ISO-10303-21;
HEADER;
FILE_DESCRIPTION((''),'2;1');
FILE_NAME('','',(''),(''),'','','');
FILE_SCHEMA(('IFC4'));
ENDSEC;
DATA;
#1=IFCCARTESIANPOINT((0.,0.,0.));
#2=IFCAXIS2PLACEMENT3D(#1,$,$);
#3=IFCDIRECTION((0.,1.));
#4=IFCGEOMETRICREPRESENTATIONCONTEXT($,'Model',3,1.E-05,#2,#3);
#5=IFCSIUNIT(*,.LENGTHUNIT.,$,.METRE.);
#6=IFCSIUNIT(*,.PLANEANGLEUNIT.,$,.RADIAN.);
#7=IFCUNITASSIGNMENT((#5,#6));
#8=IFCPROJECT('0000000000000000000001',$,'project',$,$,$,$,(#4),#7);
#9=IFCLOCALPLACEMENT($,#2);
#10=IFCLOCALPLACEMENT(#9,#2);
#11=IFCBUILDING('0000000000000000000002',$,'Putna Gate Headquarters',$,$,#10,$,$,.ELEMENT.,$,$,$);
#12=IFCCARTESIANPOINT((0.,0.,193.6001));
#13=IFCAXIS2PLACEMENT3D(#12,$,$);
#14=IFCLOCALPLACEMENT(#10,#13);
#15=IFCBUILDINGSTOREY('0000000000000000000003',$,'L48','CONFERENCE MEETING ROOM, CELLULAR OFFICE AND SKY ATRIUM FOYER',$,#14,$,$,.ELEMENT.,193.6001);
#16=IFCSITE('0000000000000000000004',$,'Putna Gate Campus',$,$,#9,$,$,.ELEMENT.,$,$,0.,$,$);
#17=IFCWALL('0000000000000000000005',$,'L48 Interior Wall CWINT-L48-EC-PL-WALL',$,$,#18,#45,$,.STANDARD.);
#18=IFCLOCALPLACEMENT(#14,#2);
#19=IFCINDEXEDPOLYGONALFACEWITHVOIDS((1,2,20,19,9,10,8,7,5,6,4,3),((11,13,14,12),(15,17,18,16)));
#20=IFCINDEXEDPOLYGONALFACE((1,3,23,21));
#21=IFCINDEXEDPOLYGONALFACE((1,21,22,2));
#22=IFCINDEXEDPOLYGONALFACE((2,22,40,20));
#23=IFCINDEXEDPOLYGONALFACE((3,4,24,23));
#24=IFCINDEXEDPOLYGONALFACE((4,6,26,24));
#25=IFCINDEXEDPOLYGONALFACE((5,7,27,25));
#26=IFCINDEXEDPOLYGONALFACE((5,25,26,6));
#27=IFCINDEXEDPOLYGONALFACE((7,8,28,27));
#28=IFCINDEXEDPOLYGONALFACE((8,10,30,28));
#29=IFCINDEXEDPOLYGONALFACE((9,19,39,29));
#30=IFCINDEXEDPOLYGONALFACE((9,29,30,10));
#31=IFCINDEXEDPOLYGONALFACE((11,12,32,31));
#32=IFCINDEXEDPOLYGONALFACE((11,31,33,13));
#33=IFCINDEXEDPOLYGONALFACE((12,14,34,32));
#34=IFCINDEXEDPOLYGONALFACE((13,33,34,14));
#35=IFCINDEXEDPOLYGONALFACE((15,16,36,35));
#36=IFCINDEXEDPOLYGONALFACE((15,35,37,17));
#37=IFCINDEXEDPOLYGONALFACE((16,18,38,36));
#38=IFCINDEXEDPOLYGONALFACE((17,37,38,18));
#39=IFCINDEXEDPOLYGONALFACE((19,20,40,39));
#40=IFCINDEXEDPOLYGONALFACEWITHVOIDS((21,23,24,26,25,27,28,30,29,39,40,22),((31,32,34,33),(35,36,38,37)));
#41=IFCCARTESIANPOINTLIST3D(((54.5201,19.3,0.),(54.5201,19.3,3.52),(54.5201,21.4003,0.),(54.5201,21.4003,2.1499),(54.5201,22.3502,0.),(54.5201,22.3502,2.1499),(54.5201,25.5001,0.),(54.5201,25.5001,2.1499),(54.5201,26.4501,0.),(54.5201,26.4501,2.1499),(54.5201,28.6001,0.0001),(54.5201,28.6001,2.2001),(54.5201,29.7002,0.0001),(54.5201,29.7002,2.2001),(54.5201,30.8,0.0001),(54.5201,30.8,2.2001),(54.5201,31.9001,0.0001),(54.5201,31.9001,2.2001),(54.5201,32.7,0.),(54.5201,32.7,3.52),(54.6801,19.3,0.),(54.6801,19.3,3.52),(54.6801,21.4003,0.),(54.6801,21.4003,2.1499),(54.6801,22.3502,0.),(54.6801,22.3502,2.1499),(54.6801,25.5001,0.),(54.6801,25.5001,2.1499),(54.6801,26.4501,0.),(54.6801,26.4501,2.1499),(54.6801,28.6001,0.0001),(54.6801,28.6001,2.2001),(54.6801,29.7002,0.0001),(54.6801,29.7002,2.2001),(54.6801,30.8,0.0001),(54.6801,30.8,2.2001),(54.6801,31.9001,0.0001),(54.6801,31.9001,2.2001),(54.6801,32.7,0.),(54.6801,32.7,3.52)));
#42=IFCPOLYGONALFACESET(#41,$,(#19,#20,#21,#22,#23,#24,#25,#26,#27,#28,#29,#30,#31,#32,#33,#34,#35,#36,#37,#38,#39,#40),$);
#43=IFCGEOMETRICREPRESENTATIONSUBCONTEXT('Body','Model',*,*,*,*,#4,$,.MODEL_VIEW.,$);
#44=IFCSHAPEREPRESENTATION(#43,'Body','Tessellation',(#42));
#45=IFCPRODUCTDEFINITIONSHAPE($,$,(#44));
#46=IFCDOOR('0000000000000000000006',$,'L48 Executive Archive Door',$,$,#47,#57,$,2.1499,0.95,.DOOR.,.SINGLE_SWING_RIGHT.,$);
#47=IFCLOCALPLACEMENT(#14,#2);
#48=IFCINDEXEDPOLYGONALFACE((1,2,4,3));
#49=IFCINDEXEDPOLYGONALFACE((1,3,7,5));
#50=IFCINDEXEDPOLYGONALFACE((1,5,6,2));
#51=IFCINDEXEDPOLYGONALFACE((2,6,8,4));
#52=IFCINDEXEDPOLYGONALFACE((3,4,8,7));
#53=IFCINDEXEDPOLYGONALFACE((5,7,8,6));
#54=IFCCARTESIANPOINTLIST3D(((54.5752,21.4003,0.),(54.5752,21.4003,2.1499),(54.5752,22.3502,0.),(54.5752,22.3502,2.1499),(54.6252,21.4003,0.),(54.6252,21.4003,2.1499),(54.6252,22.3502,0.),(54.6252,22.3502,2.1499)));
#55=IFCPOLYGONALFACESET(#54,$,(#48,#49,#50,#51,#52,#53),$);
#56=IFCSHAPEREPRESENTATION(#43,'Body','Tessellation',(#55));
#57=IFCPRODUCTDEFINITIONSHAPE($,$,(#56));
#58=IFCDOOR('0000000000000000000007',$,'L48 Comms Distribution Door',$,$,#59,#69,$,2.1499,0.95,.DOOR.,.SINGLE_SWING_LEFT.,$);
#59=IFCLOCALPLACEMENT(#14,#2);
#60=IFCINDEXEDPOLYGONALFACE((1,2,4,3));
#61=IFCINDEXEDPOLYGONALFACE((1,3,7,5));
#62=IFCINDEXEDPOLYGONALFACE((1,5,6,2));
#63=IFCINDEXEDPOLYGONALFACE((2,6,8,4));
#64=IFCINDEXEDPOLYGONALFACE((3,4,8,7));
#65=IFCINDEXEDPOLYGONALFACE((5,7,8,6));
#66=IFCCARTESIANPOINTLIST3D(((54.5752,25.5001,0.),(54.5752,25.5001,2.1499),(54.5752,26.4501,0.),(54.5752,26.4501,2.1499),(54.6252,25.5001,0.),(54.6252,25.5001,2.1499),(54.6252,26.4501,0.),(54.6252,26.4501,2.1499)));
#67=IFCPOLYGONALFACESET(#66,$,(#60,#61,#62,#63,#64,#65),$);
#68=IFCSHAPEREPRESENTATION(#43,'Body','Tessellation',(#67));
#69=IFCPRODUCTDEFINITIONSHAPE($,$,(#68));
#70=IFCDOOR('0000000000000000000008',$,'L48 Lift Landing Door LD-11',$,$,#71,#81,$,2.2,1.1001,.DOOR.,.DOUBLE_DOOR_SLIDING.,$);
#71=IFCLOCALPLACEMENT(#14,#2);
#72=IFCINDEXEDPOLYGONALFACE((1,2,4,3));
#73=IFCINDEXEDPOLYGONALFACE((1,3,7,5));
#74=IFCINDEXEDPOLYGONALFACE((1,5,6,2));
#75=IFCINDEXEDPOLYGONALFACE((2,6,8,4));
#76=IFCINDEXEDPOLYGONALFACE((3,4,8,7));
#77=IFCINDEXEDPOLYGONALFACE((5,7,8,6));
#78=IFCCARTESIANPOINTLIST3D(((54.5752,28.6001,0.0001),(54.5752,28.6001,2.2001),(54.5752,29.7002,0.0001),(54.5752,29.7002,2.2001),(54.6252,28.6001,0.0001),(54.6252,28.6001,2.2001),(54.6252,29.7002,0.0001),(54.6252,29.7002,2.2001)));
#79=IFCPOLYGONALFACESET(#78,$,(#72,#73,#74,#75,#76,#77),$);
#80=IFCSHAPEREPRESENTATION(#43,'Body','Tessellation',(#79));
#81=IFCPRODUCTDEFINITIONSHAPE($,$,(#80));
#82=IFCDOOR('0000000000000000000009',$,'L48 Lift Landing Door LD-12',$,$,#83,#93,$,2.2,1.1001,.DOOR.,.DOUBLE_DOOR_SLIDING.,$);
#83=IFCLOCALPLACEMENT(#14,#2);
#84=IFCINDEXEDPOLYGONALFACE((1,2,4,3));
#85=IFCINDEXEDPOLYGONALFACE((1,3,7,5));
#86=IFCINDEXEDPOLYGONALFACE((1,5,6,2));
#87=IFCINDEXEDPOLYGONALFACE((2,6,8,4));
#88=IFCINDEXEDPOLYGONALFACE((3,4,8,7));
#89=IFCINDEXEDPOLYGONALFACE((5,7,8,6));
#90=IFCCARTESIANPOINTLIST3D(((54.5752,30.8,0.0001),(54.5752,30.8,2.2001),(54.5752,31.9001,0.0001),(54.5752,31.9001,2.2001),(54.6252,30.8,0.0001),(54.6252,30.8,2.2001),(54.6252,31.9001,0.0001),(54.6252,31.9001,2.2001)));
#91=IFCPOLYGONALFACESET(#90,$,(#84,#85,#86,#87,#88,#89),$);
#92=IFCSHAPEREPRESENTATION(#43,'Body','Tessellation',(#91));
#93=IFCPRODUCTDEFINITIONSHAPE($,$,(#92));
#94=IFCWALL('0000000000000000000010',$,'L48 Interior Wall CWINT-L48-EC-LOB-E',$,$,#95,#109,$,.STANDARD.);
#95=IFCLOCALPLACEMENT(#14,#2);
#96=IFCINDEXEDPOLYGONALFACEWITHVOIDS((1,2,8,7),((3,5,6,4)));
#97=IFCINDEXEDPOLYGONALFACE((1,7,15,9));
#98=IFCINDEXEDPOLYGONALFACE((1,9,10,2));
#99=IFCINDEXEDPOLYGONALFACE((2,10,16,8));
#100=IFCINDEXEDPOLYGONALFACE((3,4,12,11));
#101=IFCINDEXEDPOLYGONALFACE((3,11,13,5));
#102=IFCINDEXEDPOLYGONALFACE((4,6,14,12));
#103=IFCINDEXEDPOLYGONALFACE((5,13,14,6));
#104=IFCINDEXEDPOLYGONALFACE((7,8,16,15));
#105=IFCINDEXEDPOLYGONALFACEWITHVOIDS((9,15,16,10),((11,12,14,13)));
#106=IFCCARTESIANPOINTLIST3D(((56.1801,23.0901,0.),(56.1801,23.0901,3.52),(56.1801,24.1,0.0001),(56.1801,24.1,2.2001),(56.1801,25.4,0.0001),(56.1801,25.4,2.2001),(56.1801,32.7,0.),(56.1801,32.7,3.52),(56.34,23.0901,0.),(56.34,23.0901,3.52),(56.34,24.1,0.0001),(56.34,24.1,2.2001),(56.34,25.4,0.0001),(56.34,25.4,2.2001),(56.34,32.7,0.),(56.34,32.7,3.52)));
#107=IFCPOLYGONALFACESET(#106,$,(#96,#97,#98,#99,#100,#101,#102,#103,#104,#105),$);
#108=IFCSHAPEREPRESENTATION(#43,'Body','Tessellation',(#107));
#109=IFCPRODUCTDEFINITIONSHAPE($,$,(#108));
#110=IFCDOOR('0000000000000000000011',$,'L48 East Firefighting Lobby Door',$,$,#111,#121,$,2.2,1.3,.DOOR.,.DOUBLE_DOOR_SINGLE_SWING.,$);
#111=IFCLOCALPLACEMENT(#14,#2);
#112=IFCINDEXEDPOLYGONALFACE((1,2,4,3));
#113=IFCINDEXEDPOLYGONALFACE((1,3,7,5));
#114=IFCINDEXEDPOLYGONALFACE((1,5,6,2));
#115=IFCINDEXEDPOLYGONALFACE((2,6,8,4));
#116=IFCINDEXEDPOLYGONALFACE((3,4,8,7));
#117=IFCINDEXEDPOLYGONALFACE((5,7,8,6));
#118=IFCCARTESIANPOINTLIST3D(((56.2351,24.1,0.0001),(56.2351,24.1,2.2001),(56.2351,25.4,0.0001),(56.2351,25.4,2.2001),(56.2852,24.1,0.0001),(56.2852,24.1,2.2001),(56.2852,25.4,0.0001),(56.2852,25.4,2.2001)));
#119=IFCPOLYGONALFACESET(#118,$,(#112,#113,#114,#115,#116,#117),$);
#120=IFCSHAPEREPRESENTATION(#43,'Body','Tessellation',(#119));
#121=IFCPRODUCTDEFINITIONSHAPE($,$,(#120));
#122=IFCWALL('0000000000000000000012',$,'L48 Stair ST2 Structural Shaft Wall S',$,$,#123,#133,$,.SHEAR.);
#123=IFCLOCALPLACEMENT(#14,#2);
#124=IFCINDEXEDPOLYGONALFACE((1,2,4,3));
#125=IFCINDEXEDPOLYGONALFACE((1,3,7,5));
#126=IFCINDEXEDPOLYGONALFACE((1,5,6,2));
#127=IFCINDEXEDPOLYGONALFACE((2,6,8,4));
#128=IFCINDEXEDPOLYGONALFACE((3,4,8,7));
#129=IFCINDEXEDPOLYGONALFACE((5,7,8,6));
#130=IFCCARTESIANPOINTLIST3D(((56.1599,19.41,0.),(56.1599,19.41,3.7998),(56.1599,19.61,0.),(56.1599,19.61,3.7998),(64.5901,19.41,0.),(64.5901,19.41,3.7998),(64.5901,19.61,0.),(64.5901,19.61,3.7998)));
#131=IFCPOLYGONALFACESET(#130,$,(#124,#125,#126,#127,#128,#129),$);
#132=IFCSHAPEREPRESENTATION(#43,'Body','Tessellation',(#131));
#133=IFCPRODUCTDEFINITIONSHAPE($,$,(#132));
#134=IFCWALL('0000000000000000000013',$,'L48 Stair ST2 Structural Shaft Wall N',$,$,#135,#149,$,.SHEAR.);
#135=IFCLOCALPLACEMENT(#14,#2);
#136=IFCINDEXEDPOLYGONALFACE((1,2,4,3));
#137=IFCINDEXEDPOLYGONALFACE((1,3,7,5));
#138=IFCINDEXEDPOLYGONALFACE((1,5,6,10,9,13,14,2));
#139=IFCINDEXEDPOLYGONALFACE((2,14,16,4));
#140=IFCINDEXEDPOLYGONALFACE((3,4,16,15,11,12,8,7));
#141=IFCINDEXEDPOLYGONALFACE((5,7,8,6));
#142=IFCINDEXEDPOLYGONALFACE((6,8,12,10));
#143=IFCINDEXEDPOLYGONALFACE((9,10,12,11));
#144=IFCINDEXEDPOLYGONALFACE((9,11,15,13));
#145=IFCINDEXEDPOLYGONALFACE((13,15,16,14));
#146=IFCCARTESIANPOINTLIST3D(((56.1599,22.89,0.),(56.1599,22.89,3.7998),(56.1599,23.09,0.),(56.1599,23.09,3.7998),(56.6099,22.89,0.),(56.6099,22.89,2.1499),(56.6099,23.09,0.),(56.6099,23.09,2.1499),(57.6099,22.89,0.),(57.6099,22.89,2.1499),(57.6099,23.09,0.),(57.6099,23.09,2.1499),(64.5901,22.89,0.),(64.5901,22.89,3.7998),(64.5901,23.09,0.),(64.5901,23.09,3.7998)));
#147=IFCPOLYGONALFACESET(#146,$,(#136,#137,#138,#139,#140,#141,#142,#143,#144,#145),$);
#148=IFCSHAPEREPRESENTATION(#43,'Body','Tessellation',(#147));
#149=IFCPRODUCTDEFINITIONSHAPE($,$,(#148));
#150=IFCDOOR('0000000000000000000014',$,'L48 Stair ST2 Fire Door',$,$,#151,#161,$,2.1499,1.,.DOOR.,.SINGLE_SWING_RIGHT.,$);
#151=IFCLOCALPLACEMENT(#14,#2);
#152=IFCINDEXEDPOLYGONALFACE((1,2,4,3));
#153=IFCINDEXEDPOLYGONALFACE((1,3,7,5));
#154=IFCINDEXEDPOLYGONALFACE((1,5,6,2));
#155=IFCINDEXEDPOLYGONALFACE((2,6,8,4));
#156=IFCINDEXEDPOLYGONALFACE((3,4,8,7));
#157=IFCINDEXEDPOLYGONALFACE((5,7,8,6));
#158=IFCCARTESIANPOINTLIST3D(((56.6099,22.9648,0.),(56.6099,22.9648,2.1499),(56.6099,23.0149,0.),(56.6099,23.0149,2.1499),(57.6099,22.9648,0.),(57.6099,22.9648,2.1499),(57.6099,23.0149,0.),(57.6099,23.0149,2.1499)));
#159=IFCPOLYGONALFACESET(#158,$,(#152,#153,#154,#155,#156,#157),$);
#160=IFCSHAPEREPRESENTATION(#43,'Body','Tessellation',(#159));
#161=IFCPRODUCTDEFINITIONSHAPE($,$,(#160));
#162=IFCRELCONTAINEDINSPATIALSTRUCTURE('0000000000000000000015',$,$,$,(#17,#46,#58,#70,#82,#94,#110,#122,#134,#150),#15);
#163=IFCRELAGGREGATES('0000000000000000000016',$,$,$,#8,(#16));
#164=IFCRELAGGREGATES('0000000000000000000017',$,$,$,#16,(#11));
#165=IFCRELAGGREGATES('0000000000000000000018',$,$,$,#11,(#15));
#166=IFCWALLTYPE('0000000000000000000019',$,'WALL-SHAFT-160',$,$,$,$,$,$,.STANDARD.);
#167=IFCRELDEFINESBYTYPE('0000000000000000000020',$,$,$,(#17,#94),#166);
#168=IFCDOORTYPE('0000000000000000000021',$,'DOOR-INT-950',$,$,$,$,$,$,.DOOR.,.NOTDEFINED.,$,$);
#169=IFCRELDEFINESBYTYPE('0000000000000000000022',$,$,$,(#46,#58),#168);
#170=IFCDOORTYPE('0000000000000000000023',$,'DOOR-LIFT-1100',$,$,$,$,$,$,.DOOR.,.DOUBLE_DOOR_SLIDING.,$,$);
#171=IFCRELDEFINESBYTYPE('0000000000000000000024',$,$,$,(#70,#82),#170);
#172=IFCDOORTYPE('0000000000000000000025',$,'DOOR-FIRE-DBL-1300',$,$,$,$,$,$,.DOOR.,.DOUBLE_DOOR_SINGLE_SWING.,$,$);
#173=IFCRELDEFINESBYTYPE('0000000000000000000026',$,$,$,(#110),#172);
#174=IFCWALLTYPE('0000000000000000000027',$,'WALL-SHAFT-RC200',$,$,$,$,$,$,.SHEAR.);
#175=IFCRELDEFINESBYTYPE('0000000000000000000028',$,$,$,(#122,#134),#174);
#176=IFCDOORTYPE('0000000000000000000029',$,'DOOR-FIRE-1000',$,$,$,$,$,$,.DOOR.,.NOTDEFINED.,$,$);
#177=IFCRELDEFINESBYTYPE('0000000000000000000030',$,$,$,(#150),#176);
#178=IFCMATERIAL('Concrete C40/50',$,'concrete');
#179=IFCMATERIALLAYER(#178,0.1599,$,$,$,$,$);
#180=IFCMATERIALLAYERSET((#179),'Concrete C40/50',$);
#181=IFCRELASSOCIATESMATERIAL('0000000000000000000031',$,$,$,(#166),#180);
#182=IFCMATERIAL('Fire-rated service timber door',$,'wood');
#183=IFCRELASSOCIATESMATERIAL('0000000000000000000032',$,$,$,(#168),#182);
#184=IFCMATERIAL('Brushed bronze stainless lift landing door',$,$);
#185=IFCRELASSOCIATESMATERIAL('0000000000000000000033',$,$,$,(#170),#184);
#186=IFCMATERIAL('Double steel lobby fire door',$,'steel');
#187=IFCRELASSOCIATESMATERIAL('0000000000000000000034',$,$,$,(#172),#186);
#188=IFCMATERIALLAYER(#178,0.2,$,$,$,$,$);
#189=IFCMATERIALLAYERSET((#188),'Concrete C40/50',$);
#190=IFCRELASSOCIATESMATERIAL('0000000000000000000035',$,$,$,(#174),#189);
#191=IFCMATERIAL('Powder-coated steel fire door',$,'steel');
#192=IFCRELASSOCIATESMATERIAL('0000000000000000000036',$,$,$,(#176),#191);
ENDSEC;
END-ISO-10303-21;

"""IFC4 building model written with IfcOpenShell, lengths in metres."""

from ifc_helpers import new_model, si_unit, direction, frame, frame_2d, origin, place, context, subcontext, project, spatial, rectangle, extrude, material, layer, layer_set, type_object, element, fill, save


model = new_model("IFC4")

# Units and contexts
model_context = context("Model", 3, precision=1e-05, world=origin(), true_north=direction((0.0, 1.0)))
body_context = subcontext(model_context, "Body", "Model", "MODEL_VIEW")
ifc_project = project(units=[si_unit("LENGTHUNIT", "METRE"), si_unit("PLANEANGLEUNIT", "RADIAN")], contexts=[model_context])

# Site, building, storey
site_placement = place(None, origin())
site = spatial("IfcSite", under=ifc_project, at=site_placement, Name="Putna Gate Campus", CompositionType="ELEMENT", RefElevation=0.0)
building_placement = place(site_placement, origin())
building = spatial("IfcBuilding", under=site, at=building_placement, Name="Putna Gate Headquarters", CompositionType="ELEMENT")
storey_placement = place(building_placement, frame((0.0, 0.0, 193.6001)))
storey = spatial("IfcBuildingStorey", under=building, at=storey_placement, Name="L48", Description="CONFERENCE MEETING ROOM, CELLULAR OFFICE AND SKY ATRIUM FOYER", CompositionType="ELEMENT", Elevation=193.6001)

# Wall, openings, doors
ifc_material_1 = material(Name="Concrete C40/50", Category="concrete")
ifc_layer_1 = layer(ifc_material_1, 0.1599)
ifc_layer_set_1 = layer_set([ifc_layer_1], Name="Concrete C40/50")
wall_type_1 = type_object("IfcWallType", Name="WALL-SHAFT-160", PredefinedType="STANDARD", material=ifc_layer_set_1)
wall_1_placement = place(storey_placement, frame((54.6001, 19.3, 0.0), z_axis=(0.0, 0.0, 1.0), x_axis=(0.0, 1.0, 0.0)))
wall_1 = element("IfcWall", 1, at=wall_1_placement, inside=storey, type_object=wall_type_1, Name="L48 Interior Wall CWINT-L48-EC-PL-WALL", PredefinedType="STANDARD", context=body_context, shape_type="SweptSolid", body=[
    extrude(rectangle(XDim=13.3999, YDim=0.1599, at=frame_2d((6.7, 0.0))), origin(), (0.0, 0.0, 1.0), 3.52),
])
opening_1_placement = place(wall_1_placement, frame((2.1001, 0.0, 0.0)))
opening_1 = element("IfcOpeningElement", 2, at=opening_1_placement, cuts=wall_1, PredefinedType="OPENING", context=body_context, shape_type="SweptSolid", body=[
    extrude(rectangle(XDim=0.95, YDim=2.1499, at=frame_2d((0.4751, 1.075))), frame((0.0, 0.0898, 0.0), z_axis=(0.0, -1.0, 0.0), x_axis=(1.0, 0.0, 0.0)), (0.0, 0.0, 1.0), 0.1799),
])
opening_2_placement = place(wall_1_placement, frame((6.2, 0.0, 0.0)))
opening_2 = element("IfcOpeningElement", 3, at=opening_2_placement, cuts=wall_1, PredefinedType="OPENING", context=body_context, shape_type="SweptSolid", body=[
    extrude(rectangle(XDim=0.95, YDim=2.1499, at=frame_2d((0.4751, 1.075))), frame((0.0, 0.0898, 0.0), z_axis=(0.0, -1.0, 0.0), x_axis=(1.0, 0.0, 0.0)), (0.0, 0.0, 1.0), 0.1799),
])
opening_3_placement = place(wall_1_placement, frame((9.3, 0.0, 0.0)))
opening_3 = element("IfcOpeningElement", 4, at=opening_3_placement, cuts=wall_1, PredefinedType="OPENING", context=body_context, shape_type="SweptSolid", body=[
    extrude(rectangle(XDim=1.1001, YDim=2.2, at=frame_2d((0.55, 1.1001))), frame((0.0, 0.0898, 0.0), z_axis=(0.0, -1.0, 0.0), x_axis=(1.0, 0.0, 0.0)), (0.0, 0.0, 1.0), 0.1799),
])
opening_4_placement = place(wall_1_placement, frame((11.5, 0.0, 0.0)))
opening_4 = element("IfcOpeningElement", 5, at=opening_4_placement, cuts=wall_1, PredefinedType="OPENING", context=body_context, shape_type="SweptSolid", body=[
    extrude(rectangle(XDim=1.1001, YDim=2.2, at=frame_2d((0.55, 1.1001))), frame((0.0, 0.0898, 0.0), z_axis=(0.0, -1.0, 0.0), x_axis=(1.0, 0.0, 0.0)), (0.0, 0.0, 1.0), 0.1799),
])
ifc_material_2 = material(Name="Fire-rated service timber door", Category="wood")
door_type_1 = type_object("IfcDoorType", Name="DOOR-INT-950", OperationType="NOTDEFINED", PredefinedType="DOOR", material=ifc_material_2)
door_1_placement = place(opening_1_placement, origin())
door_1 = element("IfcDoor", 6, at=door_1_placement, inside=storey, type_object=door_type_1, Name="L48 Executive Archive Door", OperationType="SINGLE_SWING_RIGHT", OverallHeight=2.1499, OverallWidth=0.95, PredefinedType="DOOR", context=body_context, shape_type="SweptSolid", body=[
    extrude(rectangle(XDim=0.95, YDim=2.1499, at=frame_2d((0.4751, 1.075))), frame((0.0, 0.0249, 0.0), z_axis=(0.0, -1.0, 0.0), x_axis=(1.0, 0.0, 0.0)), (0.0, 0.0, 1.0), 0.05),
])
fill(opening_1, door_1)
door_2_placement = place(opening_2_placement, origin())
door_2 = element("IfcDoor", 7, at=door_2_placement, inside=storey, type_object=door_type_1, Name="L48 Comms Distribution Door", OperationType="SINGLE_SWING_LEFT", OverallHeight=2.1499, OverallWidth=0.95, PredefinedType="DOOR", context=body_context, shape_type="SweptSolid", body=[
    extrude(rectangle(XDim=0.95, YDim=2.1499, at=frame_2d((0.4751, 1.075))), frame((0.0, 0.0249, 0.0), z_axis=(0.0, -1.0, 0.0), x_axis=(1.0, 0.0, 0.0)), (0.0, 0.0, 1.0), 0.05),
])
fill(opening_2, door_2)
ifc_material_3 = material(Name="Brushed bronze stainless lift landing door")
door_type_2 = type_object("IfcDoorType", Name="DOOR-LIFT-1100", OperationType="DOUBLE_DOOR_SLIDING", PredefinedType="DOOR", material=ifc_material_3)
door_3_placement = place(opening_3_placement, origin())
door_3 = element("IfcDoor", 8, at=door_3_placement, inside=storey, type_object=door_type_2, Name="L48 Lift Landing Door LD-11", OperationType="DOUBLE_DOOR_SLIDING", OverallHeight=2.2, OverallWidth=1.1001, PredefinedType="DOOR", context=body_context, shape_type="SweptSolid", body=[
    extrude(rectangle(XDim=1.1001, YDim=2.2, at=frame_2d((0.55, 1.1001))), frame((0.0, 0.0249, 0.0), z_axis=(0.0, -1.0, 0.0), x_axis=(1.0, 0.0, 0.0)), (0.0, 0.0, 1.0), 0.05),
])
fill(opening_3, door_3)
door_4_placement = place(opening_4_placement, origin())
door_4 = element("IfcDoor", 9, at=door_4_placement, inside=storey, type_object=door_type_2, Name="L48 Lift Landing Door LD-12", OperationType="DOUBLE_DOOR_SLIDING", OverallHeight=2.2, OverallWidth=1.1001, PredefinedType="DOOR", context=body_context, shape_type="SweptSolid", body=[
    extrude(rectangle(XDim=1.1001, YDim=2.2, at=frame_2d((0.55, 1.1001))), frame((0.0, 0.0249, 0.0), z_axis=(0.0, -1.0, 0.0), x_axis=(1.0, 0.0, 0.0)), (0.0, 0.0, 1.0), 0.05),
])
fill(opening_4, door_4)

# Wall, opening, door
wall_2_placement = place(storey_placement, frame((56.26, 23.0901, 0.0), z_axis=(0.0, 0.0, 1.0), x_axis=(0.0, 1.0, 0.0)))
wall_2 = element("IfcWall", 10, at=wall_2_placement, inside=storey, type_object=wall_type_1, Name="L48 Interior Wall CWINT-L48-EC-LOB-E", PredefinedType="STANDARD", context=body_context, shape_type="SweptSolid", body=[
    extrude(rectangle(XDim=9.6099, YDim=0.1599, at=frame_2d((4.8049, 0.0))), origin(), (0.0, 0.0, 1.0), 3.52),
])
opening_5_placement = place(wall_2_placement, frame((1.01, 0.0, 0.0)))
opening_5 = element("IfcOpeningElement", 11, at=opening_5_placement, cuts=wall_2, PredefinedType="OPENING", context=body_context, shape_type="SweptSolid", body=[
    extrude(rectangle(XDim=1.3, YDim=2.2, at=frame_2d((0.6499, 1.1001))), frame((0.0, 0.0898, 0.0), z_axis=(0.0, -1.0, 0.0), x_axis=(1.0, 0.0, 0.0)), (0.0, 0.0, 1.0), 0.1799),
])
ifc_material_4 = material(Name="Double steel lobby fire door", Category="steel")
door_type_3 = type_object("IfcDoorType", Name="DOOR-FIRE-DBL-1300", OperationType="DOUBLE_DOOR_SINGLE_SWING", PredefinedType="DOOR", material=ifc_material_4)
door_5_placement = place(opening_5_placement, origin())
door_5 = element("IfcDoor", 12, at=door_5_placement, inside=storey, type_object=door_type_3, Name="L48 East Firefighting Lobby Door", OperationType="DOUBLE_DOOR_SINGLE_SWING", OverallHeight=2.2, OverallWidth=1.3, PredefinedType="DOOR", context=body_context, shape_type="SweptSolid", body=[
    extrude(rectangle(XDim=1.3, YDim=2.2, at=frame_2d((0.6499, 1.1001))), frame((0.0, 0.0249, 0.0), z_axis=(0.0, -1.0, 0.0), x_axis=(1.0, 0.0, 0.0)), (0.0, 0.0, 1.0), 0.05),
])
fill(opening_5, door_5)

# Wall
ifc_layer_2 = layer(ifc_material_1, 0.2)
ifc_layer_set_2 = layer_set([ifc_layer_2], Name="Concrete C40/50")
wall_type_2 = type_object("IfcWallType", Name="WALL-SHAFT-RC200", PredefinedType="SHEAR", material=ifc_layer_set_2)
wall_3_placement = place(storey_placement, frame((56.1599, 19.51, 0.0), z_axis=(0.0, 0.0, 1.0), x_axis=(1.0, 0.0, 0.0)))
element("IfcWall", 13, at=wall_3_placement, inside=storey, type_object=wall_type_2, Name="L48 Stair ST2 Structural Shaft Wall S", PredefinedType="SHEAR", context=body_context, shape_type="SweptSolid", body=[
    extrude(rectangle(XDim=8.4302, YDim=0.2, at=frame_2d((4.2151, 0.0))), origin(), (0.0, 0.0, 1.0), 3.7998),
])

# Wall, opening, door
wall_4_placement = place(storey_placement, frame((56.1599, 22.99, 0.0), z_axis=(0.0, 0.0, 1.0), x_axis=(1.0, 0.0, 0.0)))
wall_4 = element("IfcWall", 14, at=wall_4_placement, inside=storey, type_object=wall_type_2, Name="L48 Stair ST2 Structural Shaft Wall N", PredefinedType="SHEAR", context=body_context, shape_type="SweptSolid", body=[
    extrude(rectangle(XDim=8.4302, YDim=0.2, at=frame_2d((4.2151, 0.0))), origin(), (0.0, 0.0, 1.0), 3.7998),
])
opening_6_placement = place(wall_4_placement, frame((0.45, 0.0, 0.0)))
opening_6 = element("IfcOpeningElement", 15, at=opening_6_placement, cuts=wall_4, PredefinedType="OPENING", context=body_context, shape_type="SweptSolid", body=[
    extrude(rectangle(XDim=1.0, YDim=2.1499, at=frame_2d((0.5, 1.075))), frame((0.0, 0.1099, 0.0), z_axis=(0.0, -1.0, 0.0), x_axis=(1.0, 0.0, 0.0)), (0.0, 0.0, 1.0), 0.22),
])
ifc_material_5 = material(Name="Powder-coated steel fire door", Category="steel")
door_type_4 = type_object("IfcDoorType", Name="DOOR-FIRE-1000", OperationType="NOTDEFINED", PredefinedType="DOOR", material=ifc_material_5)
door_6_placement = place(opening_6_placement, origin())
door_6 = element("IfcDoor", 16, at=door_6_placement, inside=storey, type_object=door_type_4, Name="L48 Stair ST2 Fire Door", OperationType="SINGLE_SWING_RIGHT", OverallHeight=2.1499, OverallWidth=1.0, PredefinedType="DOOR", context=body_context, shape_type="SweptSolid", body=[
    extrude(rectangle(XDim=1.0, YDim=2.1499, at=frame_2d((0.5, 1.075))), frame((0.0, 0.0249, 0.0), z_axis=(0.0, -1.0, 0.0), x_axis=(1.0, 0.0, 0.0)), (0.0, 0.0, 1.0), 0.05),
])
fill(opening_6, door_6)

save(model, "model.ifc")
